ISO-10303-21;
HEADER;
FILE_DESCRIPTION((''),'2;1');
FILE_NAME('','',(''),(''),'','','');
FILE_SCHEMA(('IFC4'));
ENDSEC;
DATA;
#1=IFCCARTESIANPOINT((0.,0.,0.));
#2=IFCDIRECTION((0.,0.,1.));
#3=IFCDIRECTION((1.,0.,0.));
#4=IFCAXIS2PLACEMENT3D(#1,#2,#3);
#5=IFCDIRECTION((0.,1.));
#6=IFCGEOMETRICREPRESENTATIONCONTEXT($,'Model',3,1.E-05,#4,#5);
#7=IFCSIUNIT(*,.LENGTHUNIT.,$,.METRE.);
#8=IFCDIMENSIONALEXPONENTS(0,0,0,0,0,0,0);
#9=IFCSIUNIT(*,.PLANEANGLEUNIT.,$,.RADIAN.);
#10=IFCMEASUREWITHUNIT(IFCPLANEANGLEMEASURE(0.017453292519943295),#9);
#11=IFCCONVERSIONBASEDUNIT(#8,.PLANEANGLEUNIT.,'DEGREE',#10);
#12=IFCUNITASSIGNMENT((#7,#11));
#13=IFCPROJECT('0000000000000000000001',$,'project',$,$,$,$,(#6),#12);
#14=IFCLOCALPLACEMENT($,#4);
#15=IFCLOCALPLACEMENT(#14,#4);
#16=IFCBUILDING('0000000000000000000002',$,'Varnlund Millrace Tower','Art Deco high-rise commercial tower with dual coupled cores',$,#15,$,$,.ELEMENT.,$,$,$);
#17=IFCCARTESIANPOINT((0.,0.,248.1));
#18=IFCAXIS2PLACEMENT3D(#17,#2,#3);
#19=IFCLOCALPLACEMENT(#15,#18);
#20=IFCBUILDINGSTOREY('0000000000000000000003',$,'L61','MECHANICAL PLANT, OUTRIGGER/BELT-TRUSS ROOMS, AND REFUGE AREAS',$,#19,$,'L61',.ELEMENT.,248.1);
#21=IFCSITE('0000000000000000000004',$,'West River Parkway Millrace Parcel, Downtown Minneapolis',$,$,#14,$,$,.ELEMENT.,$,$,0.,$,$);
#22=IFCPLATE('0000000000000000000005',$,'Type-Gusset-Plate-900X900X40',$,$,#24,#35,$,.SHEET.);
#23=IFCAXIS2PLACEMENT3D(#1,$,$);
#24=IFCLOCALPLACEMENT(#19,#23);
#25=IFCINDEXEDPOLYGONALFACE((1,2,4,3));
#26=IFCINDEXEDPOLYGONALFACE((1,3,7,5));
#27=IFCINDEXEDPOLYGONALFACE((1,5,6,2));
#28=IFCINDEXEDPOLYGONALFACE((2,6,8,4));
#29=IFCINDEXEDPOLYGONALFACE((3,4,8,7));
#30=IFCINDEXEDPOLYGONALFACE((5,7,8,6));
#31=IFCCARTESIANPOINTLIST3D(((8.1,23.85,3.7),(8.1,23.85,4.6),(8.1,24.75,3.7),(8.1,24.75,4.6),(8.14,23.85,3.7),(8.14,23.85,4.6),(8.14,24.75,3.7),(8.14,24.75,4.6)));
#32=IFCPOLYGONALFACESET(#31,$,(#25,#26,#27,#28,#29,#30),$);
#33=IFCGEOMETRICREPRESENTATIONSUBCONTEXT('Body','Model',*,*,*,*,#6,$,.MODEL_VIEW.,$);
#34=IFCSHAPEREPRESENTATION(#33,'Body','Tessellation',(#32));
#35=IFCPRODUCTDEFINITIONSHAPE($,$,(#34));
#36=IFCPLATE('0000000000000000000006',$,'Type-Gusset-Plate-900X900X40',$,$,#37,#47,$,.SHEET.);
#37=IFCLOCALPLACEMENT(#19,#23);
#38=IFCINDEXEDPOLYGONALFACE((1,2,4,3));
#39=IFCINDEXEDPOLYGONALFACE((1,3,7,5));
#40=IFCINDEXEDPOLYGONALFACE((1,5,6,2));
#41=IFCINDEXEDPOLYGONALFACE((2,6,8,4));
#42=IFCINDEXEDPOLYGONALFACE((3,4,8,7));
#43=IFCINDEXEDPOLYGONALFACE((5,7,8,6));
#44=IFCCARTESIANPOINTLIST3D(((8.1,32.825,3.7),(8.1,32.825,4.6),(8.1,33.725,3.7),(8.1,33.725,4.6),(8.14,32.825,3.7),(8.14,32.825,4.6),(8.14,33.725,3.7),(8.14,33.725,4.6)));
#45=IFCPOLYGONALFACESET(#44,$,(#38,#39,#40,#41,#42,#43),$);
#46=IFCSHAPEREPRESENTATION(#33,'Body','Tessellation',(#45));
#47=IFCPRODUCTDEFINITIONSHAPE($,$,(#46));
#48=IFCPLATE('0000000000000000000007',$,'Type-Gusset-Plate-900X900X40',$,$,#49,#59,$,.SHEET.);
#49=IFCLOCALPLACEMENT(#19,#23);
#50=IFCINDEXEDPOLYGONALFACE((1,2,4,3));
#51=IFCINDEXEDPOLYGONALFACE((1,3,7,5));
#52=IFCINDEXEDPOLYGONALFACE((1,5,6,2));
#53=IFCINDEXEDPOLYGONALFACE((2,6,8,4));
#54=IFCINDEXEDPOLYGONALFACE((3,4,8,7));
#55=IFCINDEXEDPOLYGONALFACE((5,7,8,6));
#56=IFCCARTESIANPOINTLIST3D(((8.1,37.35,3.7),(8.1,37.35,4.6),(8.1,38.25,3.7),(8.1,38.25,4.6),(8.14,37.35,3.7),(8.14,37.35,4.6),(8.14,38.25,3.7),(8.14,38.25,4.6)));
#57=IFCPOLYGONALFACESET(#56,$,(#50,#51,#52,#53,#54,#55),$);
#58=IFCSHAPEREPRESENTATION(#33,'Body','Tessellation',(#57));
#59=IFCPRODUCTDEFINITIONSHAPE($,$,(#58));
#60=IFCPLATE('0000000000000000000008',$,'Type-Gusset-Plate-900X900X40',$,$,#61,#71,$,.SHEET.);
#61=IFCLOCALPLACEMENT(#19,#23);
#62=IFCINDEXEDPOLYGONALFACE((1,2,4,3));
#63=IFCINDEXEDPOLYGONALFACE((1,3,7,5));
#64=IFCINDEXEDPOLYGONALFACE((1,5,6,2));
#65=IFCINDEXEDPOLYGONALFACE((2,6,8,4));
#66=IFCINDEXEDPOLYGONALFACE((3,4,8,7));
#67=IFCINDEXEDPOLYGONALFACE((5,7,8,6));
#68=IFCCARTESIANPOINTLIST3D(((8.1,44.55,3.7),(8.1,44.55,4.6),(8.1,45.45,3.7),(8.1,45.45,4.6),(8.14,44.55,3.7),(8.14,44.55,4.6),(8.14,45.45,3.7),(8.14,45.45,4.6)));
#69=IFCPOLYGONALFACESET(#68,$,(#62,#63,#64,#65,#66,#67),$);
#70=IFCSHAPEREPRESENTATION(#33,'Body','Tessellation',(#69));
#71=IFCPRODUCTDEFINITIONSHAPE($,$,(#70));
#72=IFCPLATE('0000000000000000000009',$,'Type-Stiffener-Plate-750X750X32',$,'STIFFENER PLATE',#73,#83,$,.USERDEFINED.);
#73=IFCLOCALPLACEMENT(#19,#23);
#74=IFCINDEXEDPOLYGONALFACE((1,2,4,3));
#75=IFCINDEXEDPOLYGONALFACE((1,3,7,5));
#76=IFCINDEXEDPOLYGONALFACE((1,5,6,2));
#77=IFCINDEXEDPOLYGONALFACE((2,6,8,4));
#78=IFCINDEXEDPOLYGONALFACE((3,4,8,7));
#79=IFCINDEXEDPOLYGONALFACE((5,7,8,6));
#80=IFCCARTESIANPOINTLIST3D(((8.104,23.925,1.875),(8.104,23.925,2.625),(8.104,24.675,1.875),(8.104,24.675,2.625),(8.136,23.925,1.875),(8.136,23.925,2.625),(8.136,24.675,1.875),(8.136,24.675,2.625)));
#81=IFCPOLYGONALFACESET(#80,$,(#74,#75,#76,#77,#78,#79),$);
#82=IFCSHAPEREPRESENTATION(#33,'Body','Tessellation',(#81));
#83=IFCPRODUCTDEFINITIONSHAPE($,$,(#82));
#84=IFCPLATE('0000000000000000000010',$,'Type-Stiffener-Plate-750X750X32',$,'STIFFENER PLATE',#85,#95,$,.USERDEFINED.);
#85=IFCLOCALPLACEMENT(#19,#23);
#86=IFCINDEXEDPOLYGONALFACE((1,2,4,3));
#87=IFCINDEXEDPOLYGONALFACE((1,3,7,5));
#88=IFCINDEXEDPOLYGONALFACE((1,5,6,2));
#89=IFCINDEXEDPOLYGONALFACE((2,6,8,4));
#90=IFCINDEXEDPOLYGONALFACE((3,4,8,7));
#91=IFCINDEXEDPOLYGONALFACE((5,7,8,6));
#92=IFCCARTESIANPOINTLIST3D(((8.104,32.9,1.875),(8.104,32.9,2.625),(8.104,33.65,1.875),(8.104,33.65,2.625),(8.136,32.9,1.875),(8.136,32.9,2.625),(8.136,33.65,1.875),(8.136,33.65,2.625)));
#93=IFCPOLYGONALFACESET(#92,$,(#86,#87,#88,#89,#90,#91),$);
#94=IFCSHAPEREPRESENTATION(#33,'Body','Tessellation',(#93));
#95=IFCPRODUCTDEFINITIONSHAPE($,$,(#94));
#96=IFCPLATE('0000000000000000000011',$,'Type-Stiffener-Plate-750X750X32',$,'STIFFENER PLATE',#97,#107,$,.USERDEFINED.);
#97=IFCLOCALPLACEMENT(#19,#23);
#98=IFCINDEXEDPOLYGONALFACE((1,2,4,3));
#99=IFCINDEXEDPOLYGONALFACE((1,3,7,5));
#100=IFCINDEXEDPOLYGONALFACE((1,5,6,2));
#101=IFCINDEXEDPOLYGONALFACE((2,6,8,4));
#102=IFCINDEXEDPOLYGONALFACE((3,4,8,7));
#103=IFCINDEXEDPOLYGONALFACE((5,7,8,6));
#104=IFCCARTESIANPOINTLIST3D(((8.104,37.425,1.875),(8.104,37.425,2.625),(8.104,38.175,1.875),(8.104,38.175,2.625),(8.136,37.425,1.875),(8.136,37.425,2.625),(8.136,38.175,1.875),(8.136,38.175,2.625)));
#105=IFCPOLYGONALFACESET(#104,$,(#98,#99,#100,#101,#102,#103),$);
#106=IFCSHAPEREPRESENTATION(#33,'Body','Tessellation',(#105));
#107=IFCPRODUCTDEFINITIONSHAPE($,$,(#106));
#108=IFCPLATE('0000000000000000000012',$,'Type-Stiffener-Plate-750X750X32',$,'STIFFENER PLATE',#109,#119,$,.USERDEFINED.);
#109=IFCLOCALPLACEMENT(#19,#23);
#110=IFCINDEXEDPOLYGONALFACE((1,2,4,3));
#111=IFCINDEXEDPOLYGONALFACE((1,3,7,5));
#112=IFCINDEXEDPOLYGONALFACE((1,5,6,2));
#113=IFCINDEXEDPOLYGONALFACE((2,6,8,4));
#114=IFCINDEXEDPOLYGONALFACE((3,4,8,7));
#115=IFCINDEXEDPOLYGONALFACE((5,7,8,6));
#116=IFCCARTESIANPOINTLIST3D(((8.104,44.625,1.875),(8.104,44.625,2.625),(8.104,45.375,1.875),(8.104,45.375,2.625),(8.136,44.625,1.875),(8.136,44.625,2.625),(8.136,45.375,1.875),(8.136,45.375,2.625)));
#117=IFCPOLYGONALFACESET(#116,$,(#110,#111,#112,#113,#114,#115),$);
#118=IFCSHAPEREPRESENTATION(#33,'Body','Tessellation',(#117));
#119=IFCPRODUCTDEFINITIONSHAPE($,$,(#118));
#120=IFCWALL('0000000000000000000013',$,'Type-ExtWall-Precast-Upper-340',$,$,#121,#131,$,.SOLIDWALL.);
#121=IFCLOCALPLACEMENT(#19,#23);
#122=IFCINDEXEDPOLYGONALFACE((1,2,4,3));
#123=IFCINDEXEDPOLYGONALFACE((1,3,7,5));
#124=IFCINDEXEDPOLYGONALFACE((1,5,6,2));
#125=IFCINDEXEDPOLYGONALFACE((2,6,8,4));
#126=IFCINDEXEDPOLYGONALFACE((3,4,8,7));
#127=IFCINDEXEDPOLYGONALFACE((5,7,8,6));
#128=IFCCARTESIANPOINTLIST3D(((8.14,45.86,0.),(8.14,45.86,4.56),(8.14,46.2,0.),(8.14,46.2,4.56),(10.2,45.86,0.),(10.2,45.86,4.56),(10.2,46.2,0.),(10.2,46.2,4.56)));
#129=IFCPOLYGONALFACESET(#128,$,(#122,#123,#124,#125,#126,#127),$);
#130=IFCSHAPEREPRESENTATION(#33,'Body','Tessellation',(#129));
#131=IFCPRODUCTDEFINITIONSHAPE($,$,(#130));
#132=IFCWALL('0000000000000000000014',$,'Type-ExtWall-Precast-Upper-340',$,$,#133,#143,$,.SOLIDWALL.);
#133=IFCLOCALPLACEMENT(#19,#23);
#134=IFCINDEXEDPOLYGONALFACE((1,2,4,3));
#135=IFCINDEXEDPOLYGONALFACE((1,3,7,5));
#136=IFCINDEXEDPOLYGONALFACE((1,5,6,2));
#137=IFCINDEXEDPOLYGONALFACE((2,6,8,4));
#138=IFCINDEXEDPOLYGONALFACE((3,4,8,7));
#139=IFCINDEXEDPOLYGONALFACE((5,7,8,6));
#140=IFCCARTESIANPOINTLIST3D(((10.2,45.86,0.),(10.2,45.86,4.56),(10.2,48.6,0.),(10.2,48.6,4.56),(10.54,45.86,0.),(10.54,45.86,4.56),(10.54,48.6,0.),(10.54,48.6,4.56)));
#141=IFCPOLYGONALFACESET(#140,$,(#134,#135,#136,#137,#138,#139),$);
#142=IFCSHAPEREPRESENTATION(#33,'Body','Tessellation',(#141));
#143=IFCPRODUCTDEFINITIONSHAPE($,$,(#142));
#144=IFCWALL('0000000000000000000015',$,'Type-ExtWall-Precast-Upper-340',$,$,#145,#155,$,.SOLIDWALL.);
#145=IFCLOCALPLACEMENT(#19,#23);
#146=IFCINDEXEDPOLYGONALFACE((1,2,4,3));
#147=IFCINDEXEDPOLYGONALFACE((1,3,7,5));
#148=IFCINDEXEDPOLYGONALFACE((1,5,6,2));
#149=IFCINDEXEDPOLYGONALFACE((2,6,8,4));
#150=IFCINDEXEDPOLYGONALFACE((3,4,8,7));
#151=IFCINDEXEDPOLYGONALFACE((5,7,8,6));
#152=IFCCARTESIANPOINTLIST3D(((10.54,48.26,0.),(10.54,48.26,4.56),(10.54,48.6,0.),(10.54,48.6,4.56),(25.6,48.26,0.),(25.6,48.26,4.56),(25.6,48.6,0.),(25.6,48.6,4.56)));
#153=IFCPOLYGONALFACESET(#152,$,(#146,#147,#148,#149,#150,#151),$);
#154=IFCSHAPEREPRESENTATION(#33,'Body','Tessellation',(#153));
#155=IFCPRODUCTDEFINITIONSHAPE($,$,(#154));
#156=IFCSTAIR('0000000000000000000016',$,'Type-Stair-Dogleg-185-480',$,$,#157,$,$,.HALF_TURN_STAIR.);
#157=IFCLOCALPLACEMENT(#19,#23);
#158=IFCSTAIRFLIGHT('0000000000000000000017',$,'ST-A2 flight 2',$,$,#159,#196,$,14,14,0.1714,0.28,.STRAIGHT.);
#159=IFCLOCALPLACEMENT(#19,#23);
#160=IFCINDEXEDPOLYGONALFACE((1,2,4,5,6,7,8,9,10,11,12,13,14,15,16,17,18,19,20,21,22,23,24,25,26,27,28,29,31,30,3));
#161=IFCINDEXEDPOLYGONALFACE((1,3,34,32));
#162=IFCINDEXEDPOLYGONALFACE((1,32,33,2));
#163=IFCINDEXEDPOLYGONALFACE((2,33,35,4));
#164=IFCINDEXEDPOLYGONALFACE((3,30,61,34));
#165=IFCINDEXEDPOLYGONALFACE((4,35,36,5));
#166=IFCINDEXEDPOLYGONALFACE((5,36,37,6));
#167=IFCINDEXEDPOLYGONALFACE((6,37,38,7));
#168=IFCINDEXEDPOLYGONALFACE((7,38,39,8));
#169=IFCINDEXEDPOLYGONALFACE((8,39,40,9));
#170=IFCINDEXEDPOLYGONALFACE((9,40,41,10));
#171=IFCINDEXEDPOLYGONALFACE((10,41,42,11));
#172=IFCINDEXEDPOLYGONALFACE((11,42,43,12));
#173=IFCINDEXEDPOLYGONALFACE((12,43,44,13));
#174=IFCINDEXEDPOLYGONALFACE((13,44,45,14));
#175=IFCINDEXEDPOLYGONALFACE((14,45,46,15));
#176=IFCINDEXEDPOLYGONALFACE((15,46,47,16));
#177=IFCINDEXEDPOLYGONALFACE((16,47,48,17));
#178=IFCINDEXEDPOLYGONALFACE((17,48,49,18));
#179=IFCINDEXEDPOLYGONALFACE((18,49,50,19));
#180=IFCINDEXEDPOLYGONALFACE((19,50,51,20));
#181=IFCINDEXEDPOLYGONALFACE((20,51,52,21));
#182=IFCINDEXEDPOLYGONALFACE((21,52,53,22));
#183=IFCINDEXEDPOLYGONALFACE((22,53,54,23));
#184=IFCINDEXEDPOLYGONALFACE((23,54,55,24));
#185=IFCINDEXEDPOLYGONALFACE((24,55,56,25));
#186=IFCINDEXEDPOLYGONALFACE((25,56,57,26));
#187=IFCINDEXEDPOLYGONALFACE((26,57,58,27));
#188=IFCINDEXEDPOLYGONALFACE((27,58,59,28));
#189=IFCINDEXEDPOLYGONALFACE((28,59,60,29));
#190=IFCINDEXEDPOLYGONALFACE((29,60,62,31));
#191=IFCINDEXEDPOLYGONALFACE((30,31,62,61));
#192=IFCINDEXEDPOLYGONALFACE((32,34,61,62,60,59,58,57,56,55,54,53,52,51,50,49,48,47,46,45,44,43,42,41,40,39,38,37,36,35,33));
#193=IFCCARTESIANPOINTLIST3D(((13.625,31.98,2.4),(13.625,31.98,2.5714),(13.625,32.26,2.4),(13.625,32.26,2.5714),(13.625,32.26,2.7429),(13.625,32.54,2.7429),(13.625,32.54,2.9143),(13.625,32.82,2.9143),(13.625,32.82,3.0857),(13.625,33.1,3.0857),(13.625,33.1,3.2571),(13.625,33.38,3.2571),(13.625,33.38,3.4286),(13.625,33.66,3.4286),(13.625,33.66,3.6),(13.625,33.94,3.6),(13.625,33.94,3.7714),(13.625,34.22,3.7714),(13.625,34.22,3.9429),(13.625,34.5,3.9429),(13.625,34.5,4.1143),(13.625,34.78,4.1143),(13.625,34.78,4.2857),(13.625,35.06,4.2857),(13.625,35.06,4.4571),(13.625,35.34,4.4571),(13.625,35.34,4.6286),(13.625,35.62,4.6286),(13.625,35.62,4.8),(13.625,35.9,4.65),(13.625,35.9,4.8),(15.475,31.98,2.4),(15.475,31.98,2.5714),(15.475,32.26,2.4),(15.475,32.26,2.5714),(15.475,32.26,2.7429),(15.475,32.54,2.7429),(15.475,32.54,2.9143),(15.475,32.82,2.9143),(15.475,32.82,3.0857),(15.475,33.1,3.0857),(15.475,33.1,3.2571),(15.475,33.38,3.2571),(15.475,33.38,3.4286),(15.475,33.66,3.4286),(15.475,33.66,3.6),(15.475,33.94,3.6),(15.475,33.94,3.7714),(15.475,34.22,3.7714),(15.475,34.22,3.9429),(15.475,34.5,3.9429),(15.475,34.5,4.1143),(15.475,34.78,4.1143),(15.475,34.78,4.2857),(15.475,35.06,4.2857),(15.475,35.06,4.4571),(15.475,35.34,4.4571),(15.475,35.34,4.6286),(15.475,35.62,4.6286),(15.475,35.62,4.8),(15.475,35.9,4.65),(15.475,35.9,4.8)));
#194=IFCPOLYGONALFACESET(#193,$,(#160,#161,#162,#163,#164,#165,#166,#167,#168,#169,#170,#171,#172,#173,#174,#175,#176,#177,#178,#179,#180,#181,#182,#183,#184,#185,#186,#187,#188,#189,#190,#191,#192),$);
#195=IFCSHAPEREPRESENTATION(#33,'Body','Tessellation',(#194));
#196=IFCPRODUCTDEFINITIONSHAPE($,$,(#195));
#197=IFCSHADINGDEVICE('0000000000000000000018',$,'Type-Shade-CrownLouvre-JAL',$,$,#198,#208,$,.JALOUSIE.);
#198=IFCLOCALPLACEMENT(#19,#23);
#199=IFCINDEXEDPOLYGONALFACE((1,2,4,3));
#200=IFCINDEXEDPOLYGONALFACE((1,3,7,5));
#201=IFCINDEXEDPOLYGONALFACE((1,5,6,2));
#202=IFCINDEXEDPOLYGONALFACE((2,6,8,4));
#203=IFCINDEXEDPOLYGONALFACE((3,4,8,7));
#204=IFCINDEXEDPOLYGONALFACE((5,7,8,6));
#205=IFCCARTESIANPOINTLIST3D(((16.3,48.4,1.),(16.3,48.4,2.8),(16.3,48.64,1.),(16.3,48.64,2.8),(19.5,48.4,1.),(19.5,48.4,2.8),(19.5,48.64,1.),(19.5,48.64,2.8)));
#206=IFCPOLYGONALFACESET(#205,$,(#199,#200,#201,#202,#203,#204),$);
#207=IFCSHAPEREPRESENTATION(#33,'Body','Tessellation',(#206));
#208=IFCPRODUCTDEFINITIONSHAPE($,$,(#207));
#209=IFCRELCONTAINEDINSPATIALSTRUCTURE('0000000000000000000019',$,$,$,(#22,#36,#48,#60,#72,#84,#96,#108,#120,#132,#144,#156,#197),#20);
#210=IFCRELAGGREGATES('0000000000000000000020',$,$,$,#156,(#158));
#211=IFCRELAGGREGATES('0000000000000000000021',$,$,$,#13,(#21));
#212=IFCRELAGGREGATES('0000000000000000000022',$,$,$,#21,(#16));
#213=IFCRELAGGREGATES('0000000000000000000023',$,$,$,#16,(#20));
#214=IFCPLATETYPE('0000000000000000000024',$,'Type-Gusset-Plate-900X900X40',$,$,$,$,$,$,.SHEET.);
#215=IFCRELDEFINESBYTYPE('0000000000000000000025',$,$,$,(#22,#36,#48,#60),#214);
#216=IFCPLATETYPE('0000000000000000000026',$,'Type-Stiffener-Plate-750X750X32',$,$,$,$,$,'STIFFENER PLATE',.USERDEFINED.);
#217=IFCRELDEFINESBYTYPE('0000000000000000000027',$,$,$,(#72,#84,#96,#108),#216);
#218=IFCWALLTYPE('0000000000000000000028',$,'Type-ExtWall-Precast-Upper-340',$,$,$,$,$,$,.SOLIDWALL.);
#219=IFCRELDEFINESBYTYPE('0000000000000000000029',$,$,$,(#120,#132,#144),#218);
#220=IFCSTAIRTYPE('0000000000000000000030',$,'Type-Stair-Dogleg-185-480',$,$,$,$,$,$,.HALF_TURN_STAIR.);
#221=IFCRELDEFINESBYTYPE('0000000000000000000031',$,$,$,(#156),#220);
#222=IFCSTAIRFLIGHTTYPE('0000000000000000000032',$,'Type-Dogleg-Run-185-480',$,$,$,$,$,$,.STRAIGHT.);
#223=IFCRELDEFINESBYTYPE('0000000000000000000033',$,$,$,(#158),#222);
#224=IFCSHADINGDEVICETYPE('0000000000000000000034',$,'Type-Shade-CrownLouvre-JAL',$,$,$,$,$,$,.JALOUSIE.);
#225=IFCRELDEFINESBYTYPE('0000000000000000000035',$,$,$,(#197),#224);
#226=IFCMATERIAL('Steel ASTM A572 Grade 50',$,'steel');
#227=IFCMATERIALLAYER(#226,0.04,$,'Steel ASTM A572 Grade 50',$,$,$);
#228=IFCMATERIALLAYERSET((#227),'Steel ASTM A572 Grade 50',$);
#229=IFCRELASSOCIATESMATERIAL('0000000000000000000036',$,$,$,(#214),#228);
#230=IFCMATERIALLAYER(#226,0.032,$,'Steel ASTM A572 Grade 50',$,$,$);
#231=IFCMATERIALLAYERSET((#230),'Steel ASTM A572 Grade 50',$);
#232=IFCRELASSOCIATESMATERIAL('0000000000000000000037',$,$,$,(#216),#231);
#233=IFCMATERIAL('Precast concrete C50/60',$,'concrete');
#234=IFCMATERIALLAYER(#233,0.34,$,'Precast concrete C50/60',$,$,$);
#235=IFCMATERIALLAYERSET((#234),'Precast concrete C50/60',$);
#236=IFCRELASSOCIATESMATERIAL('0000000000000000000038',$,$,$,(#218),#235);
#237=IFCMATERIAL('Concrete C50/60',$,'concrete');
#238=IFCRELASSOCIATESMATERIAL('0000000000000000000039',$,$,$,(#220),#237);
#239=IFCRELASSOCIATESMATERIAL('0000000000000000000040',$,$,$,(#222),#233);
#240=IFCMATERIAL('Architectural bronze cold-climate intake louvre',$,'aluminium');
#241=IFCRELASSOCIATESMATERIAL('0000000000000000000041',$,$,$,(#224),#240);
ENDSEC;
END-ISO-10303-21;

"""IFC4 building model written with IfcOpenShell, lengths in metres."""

from ifc_helpers import new_model, entity, si_unit, converted_unit, direction, frame, origin_with_axes, origin_2d_with_axis, place, context, subcontext, project, spatial, polyline, rectangle, outline, extrude, material, layer, layer_set, type_object, element, aggregate, save


model = new_model("IFC4")

# Units and contexts
model_context = context("Model", 3, precision=1e-05, world=origin_with_axes(), true_north=direction((0.0, 1.0)))
body_context = subcontext(model_context, "Body", "Model", "MODEL_VIEW")
ifc_project = project(units=[si_unit("LENGTHUNIT", "METRE"), converted_unit("PLANEANGLEUNIT", "DEGREE", entity("IfcPlaneAngleMeasure", 0.017453292519943295), si_unit("PLANEANGLEUNIT", "RADIAN"), dimensions=[0, 0, 0, 0, 0, 0, 0])], contexts=[model_context])

# Site, building, storey
site_placement = place(None, origin_with_axes())
site = spatial("IfcSite", under=ifc_project, at=site_placement, Name="West River Parkway Millrace Parcel, Downtown Minneapolis", CompositionType="ELEMENT", RefElevation=0.0)
building_placement = place(site_placement, origin_with_axes())
building = spatial("IfcBuilding", under=site, at=building_placement, Name="Varnlund Millrace Tower", Description="Art Deco high-rise commercial tower with dual coupled cores", CompositionType="ELEMENT")
storey_placement = place(building_placement, frame((0.0, 0.0, 248.1), z_axis=(0.0, 0.0, 1.0), x_axis=(1.0, 0.0, 0.0)))
storey = spatial("IfcBuildingStorey", under=building, at=storey_placement, Name="L61", Description="MECHANICAL PLANT, OUTRIGGER/BELT-TRUSS ROOMS, AND REFUGE AREAS", LongName="L61", CompositionType="ELEMENT", Elevation=248.1)

# Plates
ifc_material_1 = material(Name="Steel ASTM A572 Grade 50", Category="steel")
ifc_layer_1 = layer(ifc_material_1, 0.04, Name="Steel ASTM A572 Grade 50")
ifc_layer_set_1 = layer_set([ifc_layer_1], Name="Steel ASTM A572 Grade 50")
plate_type_1 = type_object("IfcPlateType", Name="Type-Gusset-Plate-900X900X40", PredefinedType="SHEET", material=ifc_layer_set_1)
for number, where, z_axis, x_axis, name in (
    (1, (8.12, 24.3, 3.7), (0.0, 0.0, 1.0), (0.0, 1.0, 0.0), "Type-Gusset-Plate-900X900X40"),
    (2, (8.12, 33.275, 3.7), (0.0, 0.0, 1.0), (0.0, 1.0, 0.0), "Type-Gusset-Plate-900X900X40"),
    (3, (8.12, 37.8, 3.7), (0.0, 0.0, 1.0), (0.0, 1.0, 0.0), "Type-Gusset-Plate-900X900X40"),
    (4, (8.12, 45.0, 3.7), (0.0, 0.0, 1.0), (0.0, 1.0, 0.0), "Type-Gusset-Plate-900X900X40"),
):
    element("IfcPlate", number, at=place(storey_placement, frame(where, z_axis=z_axis, x_axis=x_axis)), inside=storey, type_object=plate_type_1, Name=name, PredefinedType="SHEET", context=body_context, shape_type="SweptSolid", body=[
        extrude(rectangle(XDim=0.9, YDim=0.04, at=origin_2d_with_axis()), origin_with_axes(), (0.0, 0.0, 1.0), 0.9),
    ])
ifc_layer_2 = layer(ifc_material_1, 0.032, Name="Steel ASTM A572 Grade 50")
ifc_layer_set_2 = layer_set([ifc_layer_2], Name="Steel ASTM A572 Grade 50")
plate_type_2 = type_object("IfcPlateType", Name="Type-Stiffener-Plate-750X750X32", ElementType="STIFFENER PLATE", PredefinedType="USERDEFINED", material=ifc_layer_set_2)
for number, where, z_axis, x_axis, name in (
    (5, (8.12, 24.3, 1.875), (0.0, 0.0, 1.0), (0.0, 1.0, 0.0), "Type-Stiffener-Plate-750X750X32"),
    (6, (8.12, 33.275, 1.875), (0.0, 0.0, 1.0), (0.0, 1.0, 0.0), "Type-Stiffener-Plate-750X750X32"),
    (7, (8.12, 37.8, 1.875), (0.0, 0.0, 1.0), (0.0, 1.0, 0.0), "Type-Stiffener-Plate-750X750X32"),
    (8, (8.12, 45.0, 1.875), (0.0, 0.0, 1.0), (0.0, 1.0, 0.0), "Type-Stiffener-Plate-750X750X32"),
):
    element("IfcPlate", number, at=place(storey_placement, frame(where, z_axis=z_axis, x_axis=x_axis)), inside=storey, type_object=plate_type_2, Name=name, ObjectType="STIFFENER PLATE", PredefinedType="USERDEFINED", context=body_context, shape_type="SweptSolid", body=[
        extrude(rectangle(XDim=0.75, YDim=0.032, at=origin_2d_with_axis()), origin_with_axes(), (0.0, 0.0, 1.0), 0.75),
    ])

# Walls
ifc_material_2 = material(Name="Precast concrete C50/60", Category="concrete")
ifc_layer_3 = layer(ifc_material_2, 0.34, Name="Precast concrete C50/60")
ifc_layer_set_3 = layer_set([ifc_layer_3], Name="Precast concrete C50/60")
wall_type = type_object("IfcWallType", Name="Type-ExtWall-Precast-Upper-340", PredefinedType="SOLIDWALL", material=ifc_layer_set_3)
wall_1_placement = place(storey_placement, frame((8.14, 46.03, 0.0), z_axis=(0.0, 0.0, 1.0), x_axis=(1.0, 0.0, 0.0)))
element("IfcWall", 9, at=wall_1_placement, inside=storey, type_object=wall_type, Name="Type-ExtWall-Precast-Upper-340", PredefinedType="SOLIDWALL", context=body_context, shape_type="SweptSolid", body=[
    extrude(outline(polyline([(0.0, -0.17), (2.06, -0.17), (2.06, 0.17), (0.0, 0.17), (0.0, -0.17)])), origin_with_axes(), (0.0, 0.0, 1.0), 4.56),
])
wall_2_placement = place(storey_placement, frame((10.37, 45.86, 0.0), z_axis=(0.0, 0.0, 1.0), x_axis=(0.0, 1.0, 0.0)))
element("IfcWall", 10, at=wall_2_placement, inside=storey, type_object=wall_type, Name="Type-ExtWall-Precast-Upper-340", PredefinedType="SOLIDWALL", context=body_context, shape_type="SweptSolid", body=[
    extrude(outline(polyline([(0.0, -0.17), (2.74, -0.17), (2.74, 0.17), (0.0, 0.17), (0.0, -0.17)])), origin_with_axes(), (0.0, 0.0, 1.0), 4.56),
])
wall_3_placement = place(storey_placement, frame((10.54, 48.43, 0.0), z_axis=(0.0, 0.0, 1.0), x_axis=(1.0, 0.0, 0.0)))
element("IfcWall", 11, at=wall_3_placement, inside=storey, type_object=wall_type, Name="Type-ExtWall-Precast-Upper-340", PredefinedType="SOLIDWALL", context=body_context, shape_type="SweptSolid", body=[
    extrude(outline(polyline([(0.0, -0.17), (15.06, -0.17), (15.06, 0.17), (0.0, 0.17), (0.0, -0.17)])), origin_with_axes(), (0.0, 0.0, 1.0), 4.56),
])

# Stair, stair flight
ifc_material_3 = material(Name="Concrete C50/60", Category="concrete")
stair_type = type_object("IfcStairType", Name="Type-Stair-Dogleg-185-480", PredefinedType="HALF_TURN_STAIR", material=ifc_material_3)
stair_placement = place(storey_placement, origin_with_axes())
stair = element("IfcStair", 12, at=stair_placement, inside=storey, type_object=stair_type, Name="Type-Stair-Dogleg-185-480", PredefinedType="HALF_TURN_STAIR")
stair_flight_type = type_object("IfcStairFlightType", Name="Type-Dogleg-Run-185-480", PredefinedType="STRAIGHT", material=ifc_material_2)
stair_flight_placement = place(storey_placement, frame((13.625, 31.98, 2.4), z_axis=(1.0, 0.0, 0.0), x_axis=(0.0, 1.0, 0.0)))
stair_flight = element("IfcStairFlight", 13, at=stair_flight_placement, type_object=stair_flight_type, Name="ST-A2 flight 2", NumberOfRisers=14, NumberOfTreads=14, PredefinedType="STRAIGHT", RiserHeight=0.1714, TreadLength=0.28, context=body_context, shape_type="SweptSolid", body=[
    extrude(outline(polyline([(0.0, 0.0), (0.0, 0.1714), (0.28, 0.1714), (0.28, 0.3429), (0.56, 0.3429), (0.56, 0.5143), (0.84, 0.5143), (0.84, 0.6857), (1.12, 0.6857), (1.12, 0.8571), (1.4, 0.8571), (1.4, 1.0286), (1.68, 1.0286), (1.68, 1.2), (1.96, 1.2), (1.96, 1.3714), (2.24, 1.3714), (2.24, 1.5429), (2.52, 1.5429), (2.52, 1.7143), (2.8, 1.7143), (2.8, 1.8857), (3.08, 1.8857), (3.08, 2.0571), (3.36, 2.0571), (3.36, 2.2286), (3.64, 2.2286), (3.64, 2.4), (3.92, 2.4), (3.92, 2.25), (0.28, 0.0), (0.0, 0.0)])), origin_with_axes(), (0.0, 0.0, 1.0), 1.85),
])
aggregate(stair, [stair_flight])

# Shading device
ifc_material_4 = material(Name="Architectural bronze cold-climate intake louvre", Category="aluminium")
shading_device_type = type_object("IfcShadingDeviceType", Name="Type-Shade-CrownLouvre-JAL", PredefinedType="JALOUSIE", material=ifc_material_4)
for number, where, z_axis, x_axis, name in (
    (14, (17.9, 48.52, 1.0), (0.0, 0.0, 1.0), (1.0, 0.0, 0.0), "Type-Shade-CrownLouvre-JAL"),
):
    element("IfcShadingDevice", number, at=place(storey_placement, frame(where, z_axis=z_axis, x_axis=x_axis)), inside=storey, type_object=shading_device_type, Name=name, PredefinedType="JALOUSIE", context=body_context, shape_type="SweptSolid", body=[
        extrude(rectangle(XDim=3.2, YDim=0.24, at=origin_2d_with_axis()), origin_with_axes(), (0.0, 0.0, 1.0), 1.8),
    ])

save(model, "model.ifc")
